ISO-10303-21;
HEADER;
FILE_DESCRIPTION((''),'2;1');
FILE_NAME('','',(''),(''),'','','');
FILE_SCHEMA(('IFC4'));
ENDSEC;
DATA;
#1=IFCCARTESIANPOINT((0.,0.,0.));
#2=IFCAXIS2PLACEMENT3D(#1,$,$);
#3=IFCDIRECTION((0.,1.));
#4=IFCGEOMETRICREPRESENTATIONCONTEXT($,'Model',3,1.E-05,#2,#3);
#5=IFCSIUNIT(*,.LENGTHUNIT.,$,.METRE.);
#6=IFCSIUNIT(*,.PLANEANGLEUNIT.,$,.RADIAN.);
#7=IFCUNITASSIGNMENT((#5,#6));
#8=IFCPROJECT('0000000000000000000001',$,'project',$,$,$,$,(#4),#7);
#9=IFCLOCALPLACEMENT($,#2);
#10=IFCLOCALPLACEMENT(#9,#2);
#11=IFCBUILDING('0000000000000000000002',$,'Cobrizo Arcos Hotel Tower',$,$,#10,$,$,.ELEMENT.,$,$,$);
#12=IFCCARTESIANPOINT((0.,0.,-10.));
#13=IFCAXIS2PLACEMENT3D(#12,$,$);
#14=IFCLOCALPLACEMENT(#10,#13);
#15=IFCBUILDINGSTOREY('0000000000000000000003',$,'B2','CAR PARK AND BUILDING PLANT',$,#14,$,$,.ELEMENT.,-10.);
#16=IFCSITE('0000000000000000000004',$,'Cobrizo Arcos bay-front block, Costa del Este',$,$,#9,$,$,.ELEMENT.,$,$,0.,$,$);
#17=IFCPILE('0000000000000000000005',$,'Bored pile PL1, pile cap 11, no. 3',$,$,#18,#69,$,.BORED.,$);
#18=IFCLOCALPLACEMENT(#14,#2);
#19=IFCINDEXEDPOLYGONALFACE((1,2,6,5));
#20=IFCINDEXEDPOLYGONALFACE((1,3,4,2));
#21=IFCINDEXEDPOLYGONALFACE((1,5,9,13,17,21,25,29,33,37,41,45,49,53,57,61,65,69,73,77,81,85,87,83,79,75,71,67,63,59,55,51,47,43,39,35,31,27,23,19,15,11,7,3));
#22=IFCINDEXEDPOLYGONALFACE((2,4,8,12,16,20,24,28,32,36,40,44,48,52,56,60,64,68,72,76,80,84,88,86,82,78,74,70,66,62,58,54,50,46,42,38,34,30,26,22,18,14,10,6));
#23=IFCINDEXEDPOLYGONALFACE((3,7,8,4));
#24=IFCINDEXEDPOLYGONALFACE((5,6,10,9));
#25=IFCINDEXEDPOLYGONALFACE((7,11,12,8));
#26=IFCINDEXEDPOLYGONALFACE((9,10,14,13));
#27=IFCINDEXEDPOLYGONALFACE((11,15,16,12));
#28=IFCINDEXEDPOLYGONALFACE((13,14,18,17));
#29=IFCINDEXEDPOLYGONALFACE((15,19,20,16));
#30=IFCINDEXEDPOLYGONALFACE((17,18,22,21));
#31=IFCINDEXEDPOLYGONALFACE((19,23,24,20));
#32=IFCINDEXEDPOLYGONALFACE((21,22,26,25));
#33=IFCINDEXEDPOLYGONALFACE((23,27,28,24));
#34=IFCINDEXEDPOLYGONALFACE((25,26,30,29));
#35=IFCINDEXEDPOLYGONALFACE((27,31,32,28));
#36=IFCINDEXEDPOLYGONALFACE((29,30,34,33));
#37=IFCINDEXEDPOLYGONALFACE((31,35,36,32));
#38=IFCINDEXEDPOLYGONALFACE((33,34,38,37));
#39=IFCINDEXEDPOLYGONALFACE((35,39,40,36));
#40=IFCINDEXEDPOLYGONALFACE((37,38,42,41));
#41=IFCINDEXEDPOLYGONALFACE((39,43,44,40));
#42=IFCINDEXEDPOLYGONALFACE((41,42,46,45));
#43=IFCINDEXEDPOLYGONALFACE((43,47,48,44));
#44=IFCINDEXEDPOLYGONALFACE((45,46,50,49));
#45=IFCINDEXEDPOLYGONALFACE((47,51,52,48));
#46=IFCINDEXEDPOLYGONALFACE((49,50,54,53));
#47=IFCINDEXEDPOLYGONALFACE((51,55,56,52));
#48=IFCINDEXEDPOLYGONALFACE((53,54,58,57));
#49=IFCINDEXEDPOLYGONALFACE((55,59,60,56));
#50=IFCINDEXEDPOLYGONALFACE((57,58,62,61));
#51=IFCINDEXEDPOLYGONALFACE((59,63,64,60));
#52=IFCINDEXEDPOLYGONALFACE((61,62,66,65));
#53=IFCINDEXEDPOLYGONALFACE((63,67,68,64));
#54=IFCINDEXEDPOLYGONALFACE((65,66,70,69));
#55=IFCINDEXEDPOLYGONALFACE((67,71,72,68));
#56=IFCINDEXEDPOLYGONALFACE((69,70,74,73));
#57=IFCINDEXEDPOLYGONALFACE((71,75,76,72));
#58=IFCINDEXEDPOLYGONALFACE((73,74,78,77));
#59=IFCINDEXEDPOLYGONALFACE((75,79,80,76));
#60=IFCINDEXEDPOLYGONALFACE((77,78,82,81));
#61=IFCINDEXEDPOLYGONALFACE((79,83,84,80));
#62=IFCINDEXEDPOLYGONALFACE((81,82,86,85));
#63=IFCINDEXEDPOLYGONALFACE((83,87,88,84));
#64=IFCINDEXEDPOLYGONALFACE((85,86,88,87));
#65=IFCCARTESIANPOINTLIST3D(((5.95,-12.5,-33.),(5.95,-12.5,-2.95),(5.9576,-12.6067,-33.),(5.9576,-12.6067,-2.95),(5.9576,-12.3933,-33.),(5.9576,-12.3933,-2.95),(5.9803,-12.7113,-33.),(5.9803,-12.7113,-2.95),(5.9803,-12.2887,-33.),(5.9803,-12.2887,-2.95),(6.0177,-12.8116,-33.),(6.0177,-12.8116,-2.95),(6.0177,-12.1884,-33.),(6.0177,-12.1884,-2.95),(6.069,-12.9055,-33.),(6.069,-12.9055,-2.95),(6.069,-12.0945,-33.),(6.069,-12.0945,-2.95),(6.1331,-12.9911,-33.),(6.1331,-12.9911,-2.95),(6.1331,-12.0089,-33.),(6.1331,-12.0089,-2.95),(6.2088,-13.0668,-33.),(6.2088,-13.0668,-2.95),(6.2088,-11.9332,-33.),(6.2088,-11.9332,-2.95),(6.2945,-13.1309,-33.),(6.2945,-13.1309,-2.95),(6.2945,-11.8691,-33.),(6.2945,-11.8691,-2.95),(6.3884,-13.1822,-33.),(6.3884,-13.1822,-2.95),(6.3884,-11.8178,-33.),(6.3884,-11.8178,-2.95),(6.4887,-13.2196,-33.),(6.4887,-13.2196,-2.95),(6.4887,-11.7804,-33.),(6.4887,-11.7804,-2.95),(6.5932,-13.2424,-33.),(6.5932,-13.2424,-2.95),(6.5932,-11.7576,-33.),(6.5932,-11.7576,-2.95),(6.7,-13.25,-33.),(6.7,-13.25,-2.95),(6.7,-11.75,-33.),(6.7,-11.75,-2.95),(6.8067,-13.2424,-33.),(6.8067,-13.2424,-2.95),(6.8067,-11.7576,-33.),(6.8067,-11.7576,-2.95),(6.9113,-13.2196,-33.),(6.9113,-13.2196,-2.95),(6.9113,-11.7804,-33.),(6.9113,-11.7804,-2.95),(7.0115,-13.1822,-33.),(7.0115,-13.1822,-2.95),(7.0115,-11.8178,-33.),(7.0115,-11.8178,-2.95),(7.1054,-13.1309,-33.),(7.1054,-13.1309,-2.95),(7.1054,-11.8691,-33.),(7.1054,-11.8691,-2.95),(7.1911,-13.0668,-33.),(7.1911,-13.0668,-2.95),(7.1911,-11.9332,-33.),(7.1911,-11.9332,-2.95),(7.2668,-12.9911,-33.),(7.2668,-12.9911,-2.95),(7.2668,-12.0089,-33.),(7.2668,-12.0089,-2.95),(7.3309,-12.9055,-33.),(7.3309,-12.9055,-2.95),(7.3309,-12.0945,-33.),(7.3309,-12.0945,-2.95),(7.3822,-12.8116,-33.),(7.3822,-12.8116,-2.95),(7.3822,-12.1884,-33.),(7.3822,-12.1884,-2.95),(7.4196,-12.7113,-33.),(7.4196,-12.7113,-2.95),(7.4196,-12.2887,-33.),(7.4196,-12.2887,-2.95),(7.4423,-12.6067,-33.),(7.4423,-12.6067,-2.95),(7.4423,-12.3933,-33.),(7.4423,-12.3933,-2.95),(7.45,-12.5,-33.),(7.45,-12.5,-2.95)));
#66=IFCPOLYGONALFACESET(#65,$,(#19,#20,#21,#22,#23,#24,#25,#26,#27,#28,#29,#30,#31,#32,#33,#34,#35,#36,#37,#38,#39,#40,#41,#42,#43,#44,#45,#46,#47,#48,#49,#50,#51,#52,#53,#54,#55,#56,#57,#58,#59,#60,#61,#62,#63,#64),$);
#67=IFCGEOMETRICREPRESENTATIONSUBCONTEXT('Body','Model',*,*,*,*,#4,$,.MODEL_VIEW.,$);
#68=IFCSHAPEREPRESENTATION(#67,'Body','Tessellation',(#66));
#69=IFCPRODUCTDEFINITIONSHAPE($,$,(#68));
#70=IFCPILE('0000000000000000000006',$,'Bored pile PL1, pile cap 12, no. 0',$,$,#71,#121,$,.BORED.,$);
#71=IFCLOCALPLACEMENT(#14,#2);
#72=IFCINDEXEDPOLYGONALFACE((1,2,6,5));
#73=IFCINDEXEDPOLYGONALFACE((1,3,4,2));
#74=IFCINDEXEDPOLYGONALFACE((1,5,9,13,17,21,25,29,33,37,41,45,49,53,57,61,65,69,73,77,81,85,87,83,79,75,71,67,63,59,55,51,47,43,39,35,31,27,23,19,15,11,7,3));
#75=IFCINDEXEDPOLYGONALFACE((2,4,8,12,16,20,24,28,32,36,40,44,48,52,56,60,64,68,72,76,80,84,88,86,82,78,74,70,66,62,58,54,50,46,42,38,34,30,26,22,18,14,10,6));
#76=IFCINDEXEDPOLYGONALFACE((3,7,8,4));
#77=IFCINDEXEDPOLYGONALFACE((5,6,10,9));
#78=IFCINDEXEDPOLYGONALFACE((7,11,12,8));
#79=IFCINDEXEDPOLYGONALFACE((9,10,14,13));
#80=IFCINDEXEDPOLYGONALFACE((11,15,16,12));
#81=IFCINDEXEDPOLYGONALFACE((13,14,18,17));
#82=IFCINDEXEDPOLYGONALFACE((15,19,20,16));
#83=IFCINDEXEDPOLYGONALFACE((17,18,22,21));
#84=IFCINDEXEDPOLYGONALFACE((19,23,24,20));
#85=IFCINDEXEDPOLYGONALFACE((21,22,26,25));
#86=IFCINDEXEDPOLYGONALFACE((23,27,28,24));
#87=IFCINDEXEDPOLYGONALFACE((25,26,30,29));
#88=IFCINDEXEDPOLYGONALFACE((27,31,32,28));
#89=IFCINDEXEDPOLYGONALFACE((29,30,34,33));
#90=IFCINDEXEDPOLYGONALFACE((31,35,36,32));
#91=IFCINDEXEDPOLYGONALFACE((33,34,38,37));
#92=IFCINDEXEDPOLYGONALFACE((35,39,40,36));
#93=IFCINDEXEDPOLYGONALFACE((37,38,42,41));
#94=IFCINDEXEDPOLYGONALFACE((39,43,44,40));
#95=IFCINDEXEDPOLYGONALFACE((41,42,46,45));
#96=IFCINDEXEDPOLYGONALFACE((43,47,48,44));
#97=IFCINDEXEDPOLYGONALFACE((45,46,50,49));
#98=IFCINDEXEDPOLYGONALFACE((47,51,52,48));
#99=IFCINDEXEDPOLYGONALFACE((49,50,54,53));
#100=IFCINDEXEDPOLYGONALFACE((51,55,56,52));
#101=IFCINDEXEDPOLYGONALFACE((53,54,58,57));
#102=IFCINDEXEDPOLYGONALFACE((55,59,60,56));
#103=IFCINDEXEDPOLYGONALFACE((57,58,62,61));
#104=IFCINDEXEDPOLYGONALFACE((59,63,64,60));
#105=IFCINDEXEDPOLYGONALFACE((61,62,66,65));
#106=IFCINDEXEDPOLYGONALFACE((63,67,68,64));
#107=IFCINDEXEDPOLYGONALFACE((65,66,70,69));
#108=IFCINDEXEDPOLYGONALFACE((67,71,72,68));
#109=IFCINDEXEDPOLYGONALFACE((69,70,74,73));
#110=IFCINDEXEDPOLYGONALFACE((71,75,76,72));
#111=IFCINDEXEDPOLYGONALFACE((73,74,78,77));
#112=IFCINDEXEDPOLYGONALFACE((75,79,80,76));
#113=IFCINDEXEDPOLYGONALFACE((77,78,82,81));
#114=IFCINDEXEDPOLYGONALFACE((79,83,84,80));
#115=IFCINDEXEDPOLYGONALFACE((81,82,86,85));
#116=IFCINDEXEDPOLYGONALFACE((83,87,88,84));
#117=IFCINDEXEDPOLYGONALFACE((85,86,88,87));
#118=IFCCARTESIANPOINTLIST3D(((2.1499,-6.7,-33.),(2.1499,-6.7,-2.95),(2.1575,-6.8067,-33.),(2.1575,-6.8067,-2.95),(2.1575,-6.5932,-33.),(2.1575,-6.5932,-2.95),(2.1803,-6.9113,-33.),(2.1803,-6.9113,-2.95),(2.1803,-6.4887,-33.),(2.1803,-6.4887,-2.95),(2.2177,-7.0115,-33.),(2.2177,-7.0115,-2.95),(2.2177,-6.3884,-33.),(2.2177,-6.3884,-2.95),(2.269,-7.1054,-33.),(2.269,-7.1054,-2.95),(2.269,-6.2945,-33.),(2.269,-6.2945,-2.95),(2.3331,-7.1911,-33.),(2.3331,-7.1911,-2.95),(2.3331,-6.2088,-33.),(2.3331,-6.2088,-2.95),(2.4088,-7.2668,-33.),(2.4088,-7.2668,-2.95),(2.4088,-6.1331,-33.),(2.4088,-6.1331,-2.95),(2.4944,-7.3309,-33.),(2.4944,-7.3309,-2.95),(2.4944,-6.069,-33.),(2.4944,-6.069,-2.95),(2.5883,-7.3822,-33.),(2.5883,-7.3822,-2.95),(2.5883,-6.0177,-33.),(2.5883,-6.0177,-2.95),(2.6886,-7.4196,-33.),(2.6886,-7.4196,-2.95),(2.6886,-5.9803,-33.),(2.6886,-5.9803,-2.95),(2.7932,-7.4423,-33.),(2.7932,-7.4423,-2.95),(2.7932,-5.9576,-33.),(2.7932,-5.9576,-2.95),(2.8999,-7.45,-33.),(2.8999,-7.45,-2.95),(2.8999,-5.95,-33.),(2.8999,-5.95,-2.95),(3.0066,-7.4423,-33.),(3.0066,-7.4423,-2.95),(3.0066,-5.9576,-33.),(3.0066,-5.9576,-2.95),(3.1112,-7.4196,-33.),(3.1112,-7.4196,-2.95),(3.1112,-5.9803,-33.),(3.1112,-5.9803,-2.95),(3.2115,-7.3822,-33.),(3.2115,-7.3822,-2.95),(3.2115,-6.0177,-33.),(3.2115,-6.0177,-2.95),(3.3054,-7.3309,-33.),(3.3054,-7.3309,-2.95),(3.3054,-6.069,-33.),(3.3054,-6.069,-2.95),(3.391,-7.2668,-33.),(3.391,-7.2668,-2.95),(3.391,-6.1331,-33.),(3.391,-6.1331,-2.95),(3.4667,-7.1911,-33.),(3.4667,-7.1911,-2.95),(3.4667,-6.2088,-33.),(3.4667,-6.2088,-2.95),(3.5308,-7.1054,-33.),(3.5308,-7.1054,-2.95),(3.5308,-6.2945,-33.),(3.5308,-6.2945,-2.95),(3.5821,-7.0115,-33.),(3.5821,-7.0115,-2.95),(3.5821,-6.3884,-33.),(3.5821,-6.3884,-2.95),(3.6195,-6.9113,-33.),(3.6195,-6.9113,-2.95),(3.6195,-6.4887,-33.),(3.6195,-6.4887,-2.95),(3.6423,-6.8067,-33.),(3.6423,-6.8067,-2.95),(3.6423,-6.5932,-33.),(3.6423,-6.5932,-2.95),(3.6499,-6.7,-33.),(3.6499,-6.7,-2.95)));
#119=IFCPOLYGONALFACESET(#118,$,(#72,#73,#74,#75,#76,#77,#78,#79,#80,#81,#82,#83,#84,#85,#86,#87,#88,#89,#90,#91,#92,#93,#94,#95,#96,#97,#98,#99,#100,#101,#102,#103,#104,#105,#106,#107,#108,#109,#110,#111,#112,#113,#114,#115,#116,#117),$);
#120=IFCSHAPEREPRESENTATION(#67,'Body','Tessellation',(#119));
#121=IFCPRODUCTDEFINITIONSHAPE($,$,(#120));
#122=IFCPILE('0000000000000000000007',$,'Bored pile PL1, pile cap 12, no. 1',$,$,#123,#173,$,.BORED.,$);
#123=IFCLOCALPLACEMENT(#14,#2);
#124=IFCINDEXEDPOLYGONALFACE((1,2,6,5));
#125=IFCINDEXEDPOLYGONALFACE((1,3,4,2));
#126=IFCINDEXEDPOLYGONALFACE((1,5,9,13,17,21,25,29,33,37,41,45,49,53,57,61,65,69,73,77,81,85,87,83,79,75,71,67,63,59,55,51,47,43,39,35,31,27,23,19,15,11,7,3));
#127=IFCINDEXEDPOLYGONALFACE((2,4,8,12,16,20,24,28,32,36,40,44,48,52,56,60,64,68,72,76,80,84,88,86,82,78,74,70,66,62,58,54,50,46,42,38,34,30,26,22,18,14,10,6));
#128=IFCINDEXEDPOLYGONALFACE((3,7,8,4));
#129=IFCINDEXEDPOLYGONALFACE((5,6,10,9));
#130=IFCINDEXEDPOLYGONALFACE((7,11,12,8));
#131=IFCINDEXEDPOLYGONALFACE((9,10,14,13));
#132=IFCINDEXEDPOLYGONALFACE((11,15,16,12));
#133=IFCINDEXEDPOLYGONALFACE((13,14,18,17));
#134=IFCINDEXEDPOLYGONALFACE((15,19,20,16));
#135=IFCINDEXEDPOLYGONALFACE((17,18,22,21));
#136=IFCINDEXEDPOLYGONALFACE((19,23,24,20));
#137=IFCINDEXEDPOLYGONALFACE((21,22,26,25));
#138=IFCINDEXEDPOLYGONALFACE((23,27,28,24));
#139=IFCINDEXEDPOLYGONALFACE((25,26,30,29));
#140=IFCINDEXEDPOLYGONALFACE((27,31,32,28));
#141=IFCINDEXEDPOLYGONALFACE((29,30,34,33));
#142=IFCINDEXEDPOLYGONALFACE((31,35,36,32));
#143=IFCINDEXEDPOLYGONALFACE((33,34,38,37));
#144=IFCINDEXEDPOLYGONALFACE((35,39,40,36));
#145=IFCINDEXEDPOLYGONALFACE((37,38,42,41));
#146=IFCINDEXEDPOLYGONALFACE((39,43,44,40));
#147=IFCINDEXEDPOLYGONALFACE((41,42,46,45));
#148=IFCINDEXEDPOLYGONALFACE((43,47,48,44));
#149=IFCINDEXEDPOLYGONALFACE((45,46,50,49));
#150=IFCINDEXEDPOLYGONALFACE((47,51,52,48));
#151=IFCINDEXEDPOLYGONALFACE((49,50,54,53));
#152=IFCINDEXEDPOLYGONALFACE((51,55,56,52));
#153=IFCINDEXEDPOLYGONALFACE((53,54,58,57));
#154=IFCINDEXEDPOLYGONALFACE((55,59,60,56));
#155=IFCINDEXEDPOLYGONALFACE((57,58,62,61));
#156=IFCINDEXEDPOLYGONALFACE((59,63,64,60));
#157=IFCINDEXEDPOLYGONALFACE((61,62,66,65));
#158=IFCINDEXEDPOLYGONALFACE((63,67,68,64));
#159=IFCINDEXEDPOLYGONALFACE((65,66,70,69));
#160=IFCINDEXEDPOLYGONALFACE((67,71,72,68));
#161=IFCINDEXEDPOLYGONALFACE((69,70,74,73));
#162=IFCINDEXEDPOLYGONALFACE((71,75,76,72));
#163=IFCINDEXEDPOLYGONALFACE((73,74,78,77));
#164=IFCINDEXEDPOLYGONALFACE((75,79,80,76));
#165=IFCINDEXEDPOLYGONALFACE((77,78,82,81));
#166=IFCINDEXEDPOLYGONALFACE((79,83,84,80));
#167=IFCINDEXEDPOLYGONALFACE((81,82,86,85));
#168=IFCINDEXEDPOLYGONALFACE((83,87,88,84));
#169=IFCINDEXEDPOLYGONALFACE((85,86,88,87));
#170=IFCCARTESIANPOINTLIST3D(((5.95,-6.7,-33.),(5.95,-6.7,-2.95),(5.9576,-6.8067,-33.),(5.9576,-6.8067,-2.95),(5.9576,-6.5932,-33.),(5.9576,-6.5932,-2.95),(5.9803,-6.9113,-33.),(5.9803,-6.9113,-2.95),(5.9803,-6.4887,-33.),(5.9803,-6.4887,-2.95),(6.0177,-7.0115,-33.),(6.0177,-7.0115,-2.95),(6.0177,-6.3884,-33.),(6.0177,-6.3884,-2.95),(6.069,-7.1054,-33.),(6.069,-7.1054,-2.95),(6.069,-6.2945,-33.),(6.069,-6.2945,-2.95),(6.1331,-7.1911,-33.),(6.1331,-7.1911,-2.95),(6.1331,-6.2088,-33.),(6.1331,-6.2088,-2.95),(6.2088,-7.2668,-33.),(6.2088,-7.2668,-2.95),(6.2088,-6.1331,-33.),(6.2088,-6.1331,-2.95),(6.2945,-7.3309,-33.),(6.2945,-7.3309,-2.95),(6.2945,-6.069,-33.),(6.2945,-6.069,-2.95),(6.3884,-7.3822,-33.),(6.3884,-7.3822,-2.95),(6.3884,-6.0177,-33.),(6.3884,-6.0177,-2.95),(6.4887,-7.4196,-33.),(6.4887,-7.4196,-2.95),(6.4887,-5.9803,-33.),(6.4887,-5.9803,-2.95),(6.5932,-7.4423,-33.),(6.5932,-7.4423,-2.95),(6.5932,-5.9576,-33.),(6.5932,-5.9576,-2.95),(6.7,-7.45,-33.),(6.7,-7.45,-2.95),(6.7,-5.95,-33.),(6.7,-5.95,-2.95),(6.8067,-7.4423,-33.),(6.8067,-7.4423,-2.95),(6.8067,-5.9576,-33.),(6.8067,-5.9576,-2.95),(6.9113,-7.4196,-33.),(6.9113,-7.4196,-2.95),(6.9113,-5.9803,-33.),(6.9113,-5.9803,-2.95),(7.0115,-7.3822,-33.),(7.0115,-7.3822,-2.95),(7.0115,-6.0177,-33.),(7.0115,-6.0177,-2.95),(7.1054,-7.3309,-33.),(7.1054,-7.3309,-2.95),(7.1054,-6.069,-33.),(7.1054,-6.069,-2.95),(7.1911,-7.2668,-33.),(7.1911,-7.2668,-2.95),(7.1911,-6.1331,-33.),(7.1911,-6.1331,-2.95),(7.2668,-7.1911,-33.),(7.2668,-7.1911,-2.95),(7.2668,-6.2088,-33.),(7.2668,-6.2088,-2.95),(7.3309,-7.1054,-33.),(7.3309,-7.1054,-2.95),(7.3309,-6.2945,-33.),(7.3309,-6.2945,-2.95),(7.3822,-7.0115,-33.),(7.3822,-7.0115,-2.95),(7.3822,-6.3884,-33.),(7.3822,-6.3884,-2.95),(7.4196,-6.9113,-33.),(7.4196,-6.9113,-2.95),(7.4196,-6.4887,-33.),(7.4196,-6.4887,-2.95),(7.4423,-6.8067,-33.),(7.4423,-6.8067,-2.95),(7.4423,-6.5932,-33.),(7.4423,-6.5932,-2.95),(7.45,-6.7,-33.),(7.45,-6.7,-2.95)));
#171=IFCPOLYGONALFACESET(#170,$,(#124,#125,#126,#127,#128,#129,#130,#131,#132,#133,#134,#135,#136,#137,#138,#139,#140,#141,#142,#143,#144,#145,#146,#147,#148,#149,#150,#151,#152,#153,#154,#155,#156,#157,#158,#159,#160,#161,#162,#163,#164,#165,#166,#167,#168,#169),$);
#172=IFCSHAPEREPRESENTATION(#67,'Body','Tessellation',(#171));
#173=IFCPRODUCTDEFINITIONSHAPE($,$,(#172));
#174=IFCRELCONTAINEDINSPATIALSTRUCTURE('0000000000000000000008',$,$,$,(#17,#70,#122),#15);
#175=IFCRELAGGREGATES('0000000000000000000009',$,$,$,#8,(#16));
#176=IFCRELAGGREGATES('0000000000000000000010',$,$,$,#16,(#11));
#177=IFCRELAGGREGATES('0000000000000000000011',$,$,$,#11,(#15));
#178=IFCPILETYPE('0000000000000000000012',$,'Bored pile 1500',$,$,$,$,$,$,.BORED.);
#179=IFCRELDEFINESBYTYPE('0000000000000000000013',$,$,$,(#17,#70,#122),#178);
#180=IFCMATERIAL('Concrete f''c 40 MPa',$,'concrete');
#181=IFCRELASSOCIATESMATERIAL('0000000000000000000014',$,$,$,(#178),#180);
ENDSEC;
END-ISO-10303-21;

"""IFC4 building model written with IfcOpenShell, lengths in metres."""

from ifc_helpers import new_model, si_unit, direction, frame, origin, origin_2d, place, context, subcontext, project, spatial, circle, extrude, material, material_profile, profile_set, type_object, element, save


model = new_model("IFC4")

# Units and contexts
model_context = context("Model", 3, precision=1e-05, world=origin(), true_north=direction((0.0, 1.0)))
body_context = subcontext(model_context, "Body", "Model", "MODEL_VIEW")
ifc_project = project(units=[si_unit("LENGTHUNIT", "METRE"), si_unit("PLANEANGLEUNIT", "RADIAN")], contexts=[model_context])

# Site, building, storey
site_placement = place(None, origin())
site = spatial("IfcSite", under=ifc_project, at=site_placement, Name="Cobrizo Arcos bay-front block, Costa del Este", CompositionType="ELEMENT", RefElevation=0.0)
building_placement = place(site_placement, origin())
building = spatial("IfcBuilding", under=site, at=building_placement, Name="Cobrizo Arcos Hotel Tower", CompositionType="ELEMENT")
storey_placement = place(building_placement, frame((0.0, 0.0, -10.0)))
storey = spatial("IfcBuildingStorey", under=building, at=storey_placement, Name="B2", Description="CAR PARK AND BUILDING PLANT", CompositionType="ELEMENT", Elevation=-10.0)

# Piles
ifc_material_1 = material(Name="Concrete f'c 40 MPa", Category="concrete")
ifc_material_profile_1 = material_profile(ifc_material_1, circle(Radius=0.75, at=origin_2d()), Name="BORED PILE 1500")
ifc_profile_set_1 = profile_set([ifc_material_profile_1], Name="Concrete f'c 40 MPa")
pile_type = type_object("IfcPileType", Name="Bored pile 1500", PredefinedType="BORED", material=ifc_profile_set_1)
for number, where, z_axis, x_axis, name in (
    (1, (6.7, -12.5, -2.95), (0.0, 0.0, -1.0), (1.0, 0.0, 0.0), "Bored pile PL1, pile cap 11, no. 3"),
    (2, (2.8999, -6.7, -2.95), (0.0, 0.0, -1.0), (1.0, 0.0, 0.0), "Bored pile PL1, pile cap 12, no. 0"),
    (3, (6.7, -6.7, -2.95), (0.0, 0.0, -1.0), (1.0, 0.0, 0.0), "Bored pile PL1, pile cap 12, no. 1"),
):
    element("IfcPile", number, at=place(storey_placement, frame(where, z_axis=z_axis, x_axis=x_axis)), inside=storey, type_object=pile_type, Name=name, PredefinedType="BORED", context=body_context, shape_type="SweptSolid", body=[
        extrude(circle(Radius=0.75, at=origin_2d()), origin(), (0.0, 0.0, 1.0), 30.05),
    ])

save(model, "model.ifc")
